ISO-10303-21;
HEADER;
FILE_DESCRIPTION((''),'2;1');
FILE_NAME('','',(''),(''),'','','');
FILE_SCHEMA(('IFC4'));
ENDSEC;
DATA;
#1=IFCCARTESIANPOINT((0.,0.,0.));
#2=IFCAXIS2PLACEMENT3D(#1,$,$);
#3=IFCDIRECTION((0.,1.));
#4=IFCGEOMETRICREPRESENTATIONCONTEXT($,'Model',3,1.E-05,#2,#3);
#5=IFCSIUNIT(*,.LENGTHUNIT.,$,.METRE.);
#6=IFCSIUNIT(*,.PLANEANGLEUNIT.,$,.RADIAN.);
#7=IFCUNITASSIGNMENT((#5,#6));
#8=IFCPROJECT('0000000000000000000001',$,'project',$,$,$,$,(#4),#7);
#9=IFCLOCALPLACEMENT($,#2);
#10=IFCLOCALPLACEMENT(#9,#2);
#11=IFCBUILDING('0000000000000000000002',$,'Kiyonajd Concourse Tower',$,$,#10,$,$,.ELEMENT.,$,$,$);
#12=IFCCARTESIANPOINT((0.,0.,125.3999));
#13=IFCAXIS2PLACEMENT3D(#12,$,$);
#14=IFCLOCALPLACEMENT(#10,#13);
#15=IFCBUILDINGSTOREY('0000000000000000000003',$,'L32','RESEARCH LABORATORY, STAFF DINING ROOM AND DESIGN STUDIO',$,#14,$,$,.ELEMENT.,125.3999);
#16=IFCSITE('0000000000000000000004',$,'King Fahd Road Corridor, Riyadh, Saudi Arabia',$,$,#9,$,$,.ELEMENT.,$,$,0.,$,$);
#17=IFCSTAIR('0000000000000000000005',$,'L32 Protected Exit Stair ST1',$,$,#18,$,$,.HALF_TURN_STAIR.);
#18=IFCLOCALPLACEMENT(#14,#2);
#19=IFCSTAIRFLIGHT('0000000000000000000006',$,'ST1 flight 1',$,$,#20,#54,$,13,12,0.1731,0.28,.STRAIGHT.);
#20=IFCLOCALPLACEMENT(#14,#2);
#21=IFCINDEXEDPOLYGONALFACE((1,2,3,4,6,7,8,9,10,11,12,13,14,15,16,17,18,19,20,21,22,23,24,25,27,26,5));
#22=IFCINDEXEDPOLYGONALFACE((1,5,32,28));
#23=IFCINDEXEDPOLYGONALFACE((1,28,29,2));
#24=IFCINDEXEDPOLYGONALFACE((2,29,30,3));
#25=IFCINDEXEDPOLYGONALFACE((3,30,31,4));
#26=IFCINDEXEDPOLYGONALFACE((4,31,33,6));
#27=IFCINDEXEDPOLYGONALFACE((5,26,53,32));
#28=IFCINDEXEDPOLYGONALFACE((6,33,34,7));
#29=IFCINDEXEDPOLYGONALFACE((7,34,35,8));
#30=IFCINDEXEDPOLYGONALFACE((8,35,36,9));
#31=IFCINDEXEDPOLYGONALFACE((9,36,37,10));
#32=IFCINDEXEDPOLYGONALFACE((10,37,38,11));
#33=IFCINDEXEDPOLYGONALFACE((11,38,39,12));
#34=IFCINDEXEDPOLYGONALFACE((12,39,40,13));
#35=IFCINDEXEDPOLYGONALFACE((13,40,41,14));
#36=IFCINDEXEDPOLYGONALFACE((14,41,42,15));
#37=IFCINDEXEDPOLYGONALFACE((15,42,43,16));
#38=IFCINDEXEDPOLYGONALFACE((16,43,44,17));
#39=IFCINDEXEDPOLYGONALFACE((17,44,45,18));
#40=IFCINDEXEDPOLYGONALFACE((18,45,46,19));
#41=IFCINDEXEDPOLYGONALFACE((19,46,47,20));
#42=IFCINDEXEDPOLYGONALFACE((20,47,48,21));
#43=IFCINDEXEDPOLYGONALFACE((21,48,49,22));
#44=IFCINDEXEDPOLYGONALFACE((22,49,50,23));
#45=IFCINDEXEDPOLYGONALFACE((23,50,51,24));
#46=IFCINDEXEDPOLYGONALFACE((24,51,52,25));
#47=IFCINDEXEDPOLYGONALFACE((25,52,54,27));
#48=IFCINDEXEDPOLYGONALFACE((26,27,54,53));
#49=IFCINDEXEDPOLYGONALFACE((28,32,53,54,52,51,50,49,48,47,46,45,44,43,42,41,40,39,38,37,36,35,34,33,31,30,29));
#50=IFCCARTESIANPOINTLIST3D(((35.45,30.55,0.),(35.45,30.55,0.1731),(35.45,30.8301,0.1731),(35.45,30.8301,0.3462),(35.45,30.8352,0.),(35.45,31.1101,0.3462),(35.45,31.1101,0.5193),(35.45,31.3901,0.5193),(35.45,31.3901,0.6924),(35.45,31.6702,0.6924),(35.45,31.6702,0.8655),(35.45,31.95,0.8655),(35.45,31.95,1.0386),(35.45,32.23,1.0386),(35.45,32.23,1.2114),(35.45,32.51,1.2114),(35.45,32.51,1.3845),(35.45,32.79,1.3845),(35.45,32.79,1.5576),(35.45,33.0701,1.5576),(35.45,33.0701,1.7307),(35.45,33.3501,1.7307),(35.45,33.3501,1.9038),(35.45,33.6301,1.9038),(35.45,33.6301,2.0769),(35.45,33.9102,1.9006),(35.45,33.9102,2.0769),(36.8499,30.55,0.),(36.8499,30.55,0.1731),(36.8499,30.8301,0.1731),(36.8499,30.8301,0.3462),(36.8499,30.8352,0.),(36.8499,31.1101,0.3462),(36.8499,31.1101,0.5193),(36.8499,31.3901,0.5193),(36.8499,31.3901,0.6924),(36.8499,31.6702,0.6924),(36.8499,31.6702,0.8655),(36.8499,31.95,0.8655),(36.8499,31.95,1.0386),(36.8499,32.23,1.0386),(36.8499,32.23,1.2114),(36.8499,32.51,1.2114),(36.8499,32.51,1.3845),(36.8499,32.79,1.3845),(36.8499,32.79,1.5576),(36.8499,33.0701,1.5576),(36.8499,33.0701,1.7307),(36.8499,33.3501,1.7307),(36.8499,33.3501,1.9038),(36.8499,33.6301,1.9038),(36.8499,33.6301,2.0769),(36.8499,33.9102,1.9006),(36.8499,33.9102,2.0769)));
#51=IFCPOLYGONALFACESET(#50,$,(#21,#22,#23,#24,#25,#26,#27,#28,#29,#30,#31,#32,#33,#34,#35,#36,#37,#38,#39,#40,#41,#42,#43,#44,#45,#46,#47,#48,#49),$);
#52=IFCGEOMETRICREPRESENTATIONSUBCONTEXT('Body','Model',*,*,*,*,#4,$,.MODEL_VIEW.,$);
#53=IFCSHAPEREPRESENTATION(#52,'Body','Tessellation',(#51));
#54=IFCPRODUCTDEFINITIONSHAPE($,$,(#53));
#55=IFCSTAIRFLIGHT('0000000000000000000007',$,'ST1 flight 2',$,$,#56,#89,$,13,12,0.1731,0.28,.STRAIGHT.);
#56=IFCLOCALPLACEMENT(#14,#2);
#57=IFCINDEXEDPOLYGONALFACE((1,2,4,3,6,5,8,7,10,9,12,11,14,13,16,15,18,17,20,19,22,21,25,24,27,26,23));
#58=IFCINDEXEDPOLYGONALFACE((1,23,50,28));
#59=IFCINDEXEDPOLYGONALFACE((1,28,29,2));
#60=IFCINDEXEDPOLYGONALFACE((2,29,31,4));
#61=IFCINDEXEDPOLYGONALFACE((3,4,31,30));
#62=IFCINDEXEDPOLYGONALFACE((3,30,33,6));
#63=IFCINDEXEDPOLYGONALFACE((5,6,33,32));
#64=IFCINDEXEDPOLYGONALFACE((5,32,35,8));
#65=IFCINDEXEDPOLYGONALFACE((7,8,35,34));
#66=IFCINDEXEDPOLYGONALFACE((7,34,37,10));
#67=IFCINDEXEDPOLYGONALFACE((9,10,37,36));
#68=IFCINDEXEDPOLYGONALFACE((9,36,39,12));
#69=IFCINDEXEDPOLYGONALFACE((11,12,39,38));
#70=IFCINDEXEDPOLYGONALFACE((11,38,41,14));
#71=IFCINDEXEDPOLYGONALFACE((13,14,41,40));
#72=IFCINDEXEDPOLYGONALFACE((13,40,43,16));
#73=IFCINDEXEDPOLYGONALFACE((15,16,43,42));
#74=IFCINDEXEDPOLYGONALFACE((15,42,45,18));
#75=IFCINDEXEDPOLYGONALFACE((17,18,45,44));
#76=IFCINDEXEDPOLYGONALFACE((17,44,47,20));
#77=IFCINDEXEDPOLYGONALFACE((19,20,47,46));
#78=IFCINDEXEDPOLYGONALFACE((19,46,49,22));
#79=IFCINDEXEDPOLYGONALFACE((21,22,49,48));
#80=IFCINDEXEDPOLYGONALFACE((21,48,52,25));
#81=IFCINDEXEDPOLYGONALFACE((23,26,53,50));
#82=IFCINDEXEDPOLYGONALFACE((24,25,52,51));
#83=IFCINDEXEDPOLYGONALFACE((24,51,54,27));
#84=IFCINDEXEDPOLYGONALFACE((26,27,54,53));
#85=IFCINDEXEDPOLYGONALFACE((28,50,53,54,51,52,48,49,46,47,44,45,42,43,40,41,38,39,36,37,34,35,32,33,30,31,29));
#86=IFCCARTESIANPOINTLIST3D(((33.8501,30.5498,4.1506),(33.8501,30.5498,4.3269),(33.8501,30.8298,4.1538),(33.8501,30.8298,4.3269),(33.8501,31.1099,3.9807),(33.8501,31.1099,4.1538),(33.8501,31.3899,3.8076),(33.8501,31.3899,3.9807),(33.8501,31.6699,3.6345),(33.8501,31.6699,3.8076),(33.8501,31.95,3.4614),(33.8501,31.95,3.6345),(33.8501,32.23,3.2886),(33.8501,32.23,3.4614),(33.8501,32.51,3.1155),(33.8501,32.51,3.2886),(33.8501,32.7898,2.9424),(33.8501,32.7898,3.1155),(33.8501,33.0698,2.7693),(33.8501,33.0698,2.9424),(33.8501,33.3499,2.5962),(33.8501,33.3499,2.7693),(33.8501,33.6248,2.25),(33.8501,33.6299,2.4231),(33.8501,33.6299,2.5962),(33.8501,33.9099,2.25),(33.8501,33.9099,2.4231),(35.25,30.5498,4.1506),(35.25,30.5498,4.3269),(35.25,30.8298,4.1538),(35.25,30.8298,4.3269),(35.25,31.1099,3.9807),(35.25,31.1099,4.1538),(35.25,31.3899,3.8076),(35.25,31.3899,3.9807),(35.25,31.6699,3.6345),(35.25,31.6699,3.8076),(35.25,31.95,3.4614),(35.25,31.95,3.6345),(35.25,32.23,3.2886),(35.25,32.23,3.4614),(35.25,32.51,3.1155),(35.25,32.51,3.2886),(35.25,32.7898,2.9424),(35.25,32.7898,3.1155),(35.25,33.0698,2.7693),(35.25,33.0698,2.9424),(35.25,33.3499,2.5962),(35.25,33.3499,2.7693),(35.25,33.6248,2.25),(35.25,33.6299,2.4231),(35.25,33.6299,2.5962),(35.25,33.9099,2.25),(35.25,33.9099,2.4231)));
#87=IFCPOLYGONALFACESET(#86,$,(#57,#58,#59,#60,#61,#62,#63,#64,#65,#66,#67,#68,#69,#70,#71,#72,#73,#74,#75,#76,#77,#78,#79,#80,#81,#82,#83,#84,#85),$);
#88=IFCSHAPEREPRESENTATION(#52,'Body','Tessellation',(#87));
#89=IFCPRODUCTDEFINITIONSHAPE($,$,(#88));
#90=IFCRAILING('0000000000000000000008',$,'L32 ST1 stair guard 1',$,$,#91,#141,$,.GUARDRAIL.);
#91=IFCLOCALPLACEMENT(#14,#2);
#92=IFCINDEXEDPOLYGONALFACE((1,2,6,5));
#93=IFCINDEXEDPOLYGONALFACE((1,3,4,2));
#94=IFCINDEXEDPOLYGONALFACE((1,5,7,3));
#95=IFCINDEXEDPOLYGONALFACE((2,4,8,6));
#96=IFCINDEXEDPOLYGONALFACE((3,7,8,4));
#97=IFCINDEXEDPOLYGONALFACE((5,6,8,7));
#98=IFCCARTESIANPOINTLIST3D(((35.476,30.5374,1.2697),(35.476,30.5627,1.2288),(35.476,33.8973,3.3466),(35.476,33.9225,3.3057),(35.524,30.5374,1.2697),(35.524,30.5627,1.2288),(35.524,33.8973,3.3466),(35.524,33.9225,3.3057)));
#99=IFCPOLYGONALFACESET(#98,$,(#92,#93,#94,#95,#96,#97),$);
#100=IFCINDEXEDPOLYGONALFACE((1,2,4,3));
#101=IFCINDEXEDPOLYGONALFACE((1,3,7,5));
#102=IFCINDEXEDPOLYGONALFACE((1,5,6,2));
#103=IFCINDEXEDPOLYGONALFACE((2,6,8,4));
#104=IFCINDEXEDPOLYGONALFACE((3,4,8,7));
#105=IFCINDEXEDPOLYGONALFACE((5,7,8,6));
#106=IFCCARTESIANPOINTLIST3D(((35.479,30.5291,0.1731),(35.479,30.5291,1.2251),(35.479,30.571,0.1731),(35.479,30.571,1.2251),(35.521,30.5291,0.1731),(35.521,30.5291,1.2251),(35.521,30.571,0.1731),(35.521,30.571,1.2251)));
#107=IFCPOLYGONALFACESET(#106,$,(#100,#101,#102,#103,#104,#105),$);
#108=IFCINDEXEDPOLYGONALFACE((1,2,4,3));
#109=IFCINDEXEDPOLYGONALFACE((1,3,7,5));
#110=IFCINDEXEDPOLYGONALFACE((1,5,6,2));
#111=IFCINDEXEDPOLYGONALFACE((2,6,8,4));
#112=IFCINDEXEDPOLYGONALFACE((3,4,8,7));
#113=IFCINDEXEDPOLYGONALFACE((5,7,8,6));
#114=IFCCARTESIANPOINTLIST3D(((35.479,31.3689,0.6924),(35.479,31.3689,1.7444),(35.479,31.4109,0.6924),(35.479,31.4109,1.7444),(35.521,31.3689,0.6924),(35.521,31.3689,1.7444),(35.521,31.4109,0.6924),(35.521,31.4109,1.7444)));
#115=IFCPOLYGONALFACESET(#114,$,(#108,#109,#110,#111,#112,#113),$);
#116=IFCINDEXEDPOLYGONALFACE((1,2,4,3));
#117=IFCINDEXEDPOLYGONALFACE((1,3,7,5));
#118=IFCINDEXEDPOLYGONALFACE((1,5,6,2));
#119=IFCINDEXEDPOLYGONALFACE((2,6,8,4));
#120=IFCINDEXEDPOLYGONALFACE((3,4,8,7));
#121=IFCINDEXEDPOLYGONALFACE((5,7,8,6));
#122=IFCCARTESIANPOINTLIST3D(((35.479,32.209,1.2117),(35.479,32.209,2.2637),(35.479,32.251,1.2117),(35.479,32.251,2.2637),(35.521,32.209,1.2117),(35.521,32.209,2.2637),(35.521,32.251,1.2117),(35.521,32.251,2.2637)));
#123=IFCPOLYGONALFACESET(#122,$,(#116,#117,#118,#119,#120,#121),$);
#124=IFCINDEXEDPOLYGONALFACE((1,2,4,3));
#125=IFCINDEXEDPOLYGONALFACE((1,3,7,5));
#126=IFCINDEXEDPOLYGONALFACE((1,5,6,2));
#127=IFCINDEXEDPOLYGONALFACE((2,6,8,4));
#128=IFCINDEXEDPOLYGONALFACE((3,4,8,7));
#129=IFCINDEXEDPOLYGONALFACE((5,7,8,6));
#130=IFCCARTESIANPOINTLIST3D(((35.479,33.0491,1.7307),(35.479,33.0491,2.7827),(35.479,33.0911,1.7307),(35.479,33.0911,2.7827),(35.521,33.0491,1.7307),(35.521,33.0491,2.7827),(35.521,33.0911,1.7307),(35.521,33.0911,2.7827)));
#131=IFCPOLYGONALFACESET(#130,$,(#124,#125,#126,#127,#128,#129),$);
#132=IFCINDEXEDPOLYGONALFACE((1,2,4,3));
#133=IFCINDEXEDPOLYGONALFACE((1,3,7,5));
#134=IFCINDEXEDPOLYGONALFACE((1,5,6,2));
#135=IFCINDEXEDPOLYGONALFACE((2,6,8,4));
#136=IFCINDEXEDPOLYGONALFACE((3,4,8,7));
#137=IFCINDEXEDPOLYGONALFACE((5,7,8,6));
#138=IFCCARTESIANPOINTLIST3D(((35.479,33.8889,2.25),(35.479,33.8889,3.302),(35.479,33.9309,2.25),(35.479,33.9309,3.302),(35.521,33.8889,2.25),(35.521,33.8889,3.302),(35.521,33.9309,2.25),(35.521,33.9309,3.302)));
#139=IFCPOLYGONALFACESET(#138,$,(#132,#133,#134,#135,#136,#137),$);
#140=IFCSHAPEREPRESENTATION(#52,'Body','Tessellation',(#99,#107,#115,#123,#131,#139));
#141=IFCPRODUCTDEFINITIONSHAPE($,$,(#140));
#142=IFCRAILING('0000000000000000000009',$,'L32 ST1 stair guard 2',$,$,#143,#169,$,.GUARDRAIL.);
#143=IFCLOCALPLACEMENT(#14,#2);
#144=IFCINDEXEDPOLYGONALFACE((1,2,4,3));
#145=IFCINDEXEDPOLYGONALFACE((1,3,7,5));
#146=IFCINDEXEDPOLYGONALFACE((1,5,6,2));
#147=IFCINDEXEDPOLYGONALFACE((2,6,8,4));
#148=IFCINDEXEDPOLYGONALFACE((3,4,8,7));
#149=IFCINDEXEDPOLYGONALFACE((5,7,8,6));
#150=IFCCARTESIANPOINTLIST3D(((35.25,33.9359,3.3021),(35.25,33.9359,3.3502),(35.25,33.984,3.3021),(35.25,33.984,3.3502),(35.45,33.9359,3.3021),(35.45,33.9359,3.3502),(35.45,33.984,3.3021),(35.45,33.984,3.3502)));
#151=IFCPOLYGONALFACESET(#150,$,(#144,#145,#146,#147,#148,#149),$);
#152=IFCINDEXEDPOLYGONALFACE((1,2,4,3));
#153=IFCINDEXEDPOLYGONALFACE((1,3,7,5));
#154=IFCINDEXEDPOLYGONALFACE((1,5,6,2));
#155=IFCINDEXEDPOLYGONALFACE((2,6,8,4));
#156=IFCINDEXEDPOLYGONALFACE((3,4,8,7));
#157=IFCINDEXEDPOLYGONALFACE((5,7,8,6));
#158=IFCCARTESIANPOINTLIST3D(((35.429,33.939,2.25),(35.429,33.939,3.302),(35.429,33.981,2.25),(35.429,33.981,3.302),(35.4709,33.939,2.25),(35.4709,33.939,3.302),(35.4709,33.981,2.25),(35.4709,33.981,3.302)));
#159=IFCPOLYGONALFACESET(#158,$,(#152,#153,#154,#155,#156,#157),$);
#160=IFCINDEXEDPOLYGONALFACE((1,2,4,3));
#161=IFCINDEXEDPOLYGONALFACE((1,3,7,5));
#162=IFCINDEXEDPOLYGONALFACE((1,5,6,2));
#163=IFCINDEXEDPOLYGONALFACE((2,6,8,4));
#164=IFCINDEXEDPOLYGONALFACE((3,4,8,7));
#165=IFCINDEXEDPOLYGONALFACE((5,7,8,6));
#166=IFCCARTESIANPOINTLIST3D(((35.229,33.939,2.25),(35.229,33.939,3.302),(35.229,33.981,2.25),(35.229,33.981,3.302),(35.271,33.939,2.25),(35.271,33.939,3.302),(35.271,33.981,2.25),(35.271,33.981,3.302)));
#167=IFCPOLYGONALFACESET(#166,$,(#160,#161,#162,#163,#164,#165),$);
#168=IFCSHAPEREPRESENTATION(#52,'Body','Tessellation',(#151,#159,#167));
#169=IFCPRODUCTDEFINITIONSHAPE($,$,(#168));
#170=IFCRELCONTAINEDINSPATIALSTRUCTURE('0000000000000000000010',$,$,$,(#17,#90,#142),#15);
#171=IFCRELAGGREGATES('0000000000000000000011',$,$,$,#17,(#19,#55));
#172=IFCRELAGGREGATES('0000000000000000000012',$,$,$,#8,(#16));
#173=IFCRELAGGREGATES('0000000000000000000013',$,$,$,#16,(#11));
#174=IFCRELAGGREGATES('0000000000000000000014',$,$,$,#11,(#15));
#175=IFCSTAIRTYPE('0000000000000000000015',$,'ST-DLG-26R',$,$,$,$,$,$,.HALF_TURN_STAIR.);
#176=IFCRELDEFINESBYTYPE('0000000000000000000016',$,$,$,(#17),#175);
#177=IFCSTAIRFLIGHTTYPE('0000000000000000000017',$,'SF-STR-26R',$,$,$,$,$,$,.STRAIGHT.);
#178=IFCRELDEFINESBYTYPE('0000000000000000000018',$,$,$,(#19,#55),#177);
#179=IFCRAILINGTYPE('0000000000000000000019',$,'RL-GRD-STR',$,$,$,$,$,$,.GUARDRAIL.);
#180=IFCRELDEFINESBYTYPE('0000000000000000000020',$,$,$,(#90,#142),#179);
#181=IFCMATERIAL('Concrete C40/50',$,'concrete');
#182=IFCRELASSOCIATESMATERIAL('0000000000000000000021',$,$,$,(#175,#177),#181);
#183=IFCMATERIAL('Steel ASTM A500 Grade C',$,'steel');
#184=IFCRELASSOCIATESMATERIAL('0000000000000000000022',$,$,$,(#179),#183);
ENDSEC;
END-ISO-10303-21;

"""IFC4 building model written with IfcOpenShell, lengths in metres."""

from ifc_helpers import new_model, si_unit, direction, frame, origin, origin_2d, place, context, subcontext, project, spatial, polyline, rectangle, outline, extrude, material, type_object, element, aggregate, save


model = new_model("IFC4")

# Units and contexts
model_context = context("Model", 3, precision=1e-05, world=origin(), true_north=direction((0.0, 1.0)))
body_context = subcontext(model_context, "Body", "Model", "MODEL_VIEW")
ifc_project = project(units=[si_unit("LENGTHUNIT", "METRE"), si_unit("PLANEANGLEUNIT", "RADIAN")], contexts=[model_context])

# Site, building, storey
site_placement = place(None, origin())
site = spatial("IfcSite", under=ifc_project, at=site_placement, Name="King Fahd Road Corridor, Riyadh, Saudi Arabia", CompositionType="ELEMENT", RefElevation=0.0)
building_placement = place(site_placement, origin())
building = spatial("IfcBuilding", under=site, at=building_placement, Name="Kiyonajd Concourse Tower", CompositionType="ELEMENT")
storey_placement = place(building_placement, frame((0.0, 0.0, 125.3999)))
storey = spatial("IfcBuildingStorey", under=building, at=storey_placement, Name="L32", Description="RESEARCH LABORATORY, STAFF DINING ROOM AND DESIGN STUDIO", CompositionType="ELEMENT", Elevation=125.3999)

# Stair, stair flights
ifc_material_1 = material(Name="Concrete C40/50", Category="concrete")
stair_type = type_object("IfcStairType", Name="ST-DLG-26R", PredefinedType="HALF_TURN_STAIR", material=ifc_material_1)
stair_placement = place(storey_placement, origin())
stair = element("IfcStair", 1, at=stair_placement, inside=storey, type_object=stair_type, Name="L32 Protected Exit Stair ST1", PredefinedType="HALF_TURN_STAIR")
stair_flight_type = type_object("IfcStairFlightType", Name="SF-STR-26R", PredefinedType="STRAIGHT", material=ifc_material_1)
stair_flight_1_placement = place(storey_placement, frame((36.1499, 30.55, 0.0), z_axis=(0.0, 0.0, 1.0), x_axis=(0.0, 1.0, 0.0)))
stair_flight_1 = element("IfcStairFlight", 2, at=stair_flight_1_placement, type_object=stair_flight_type, Name="ST1 flight 1", NumberOfRisers=13, NumberOfTreads=12, PredefinedType="STRAIGHT", RiserHeight=0.1731, TreadLength=0.28, context=body_context, shape_type="SweptSolid", body=[
    extrude(outline(polyline([(0.0, 0.0), (0.0, 0.1731), (0.28, 0.1731), (0.28, 0.3462), (0.5601, 0.3462), (0.5601, 0.5193), (0.8401, 0.5193), (0.8401, 0.6924), (1.1201, 0.6924), (1.1201, 0.8655), (1.3999, 0.8655), (1.3999, 1.0386), (1.6799, 1.0386), (1.6799, 1.2114), (1.96, 1.2114), (1.96, 1.3845), (2.24, 1.3845), (2.24, 1.5576), (2.52, 1.5576), (2.52, 1.7307), (2.8, 1.7307), (2.8, 1.9038), (3.0801, 1.9038), (3.0801, 2.0769), (3.3601, 2.0769), (3.3601, 2.25), (3.3601, 1.9006), (0.2852, 0.0), (0.0, 0.0)])), frame((0.0, 0.7, 0.0), z_axis=(0.0, -1.0, 0.0), x_axis=(1.0, 0.0, 0.0)), (0.0, 0.0, 1.0), 1.3999),
])
stair_flight_2_placement = place(storey_placement, frame((34.55, 33.9099, 2.25), z_axis=(0.0, 0.0, 1.0), x_axis=(0.0, -1.0, 0.0)))
stair_flight_2 = element("IfcStairFlight", 3, at=stair_flight_2_placement, type_object=stair_flight_type, Name="ST1 flight 2", NumberOfRisers=13, NumberOfTreads=12, PredefinedType="STRAIGHT", RiserHeight=0.1731, TreadLength=0.28, context=body_context, shape_type="SweptSolid", body=[
    extrude(outline(polyline([(0.0, 0.0), (0.0, 0.1731), (0.28, 0.1731), (0.28, 0.3462), (0.5601, 0.3462), (0.5601, 0.5193), (0.8401, 0.5193), (0.8401, 0.6924), (1.1201, 0.6924), (1.1201, 0.8655), (1.3999, 0.8655), (1.3999, 1.0386), (1.6799, 1.0386), (1.6799, 1.2114), (1.96, 1.2114), (1.96, 1.3845), (2.24, 1.3845), (2.24, 1.5576), (2.52, 1.5576), (2.52, 1.7307), (2.8, 1.7307), (2.8, 1.9038), (3.0801, 1.9038), (3.0801, 2.0769), (3.3601, 2.0769), (3.3601, 2.25), (3.3601, 1.9006), (0.2852, 0.0), (0.0, 0.0)])), frame((0.0, 0.7, 0.0), z_axis=(0.0, -1.0, 0.0), x_axis=(1.0, 0.0, 0.0)), (0.0, 0.0, 1.0), 1.3999),
])
aggregate(stair, [stair_flight_1, stair_flight_2])

# Railings
ifc_material_2 = material(Name="Steel ASTM A500 Grade C", Category="steel")
railing_type_1 = type_object("IfcRailingType", Name="RL-GRD-STR", PredefinedType="GUARDRAIL", material=ifc_material_2)
railing_1_placement = place(storey_placement, frame((35.5, 30.55, 0.1731)))
element("IfcRailing", 4, at=railing_1_placement, inside=storey, type_object=railing_type_1, Name="L32 ST1 stair guard 1", PredefinedType="GUARDRAIL", context=body_context, shape_type="SweptSolid", body=[
    extrude(rectangle(XDim=0.0481, YDim=0.0481, at=origin_2d()), frame((0.0, 0.0, 1.0762), z_axis=(0.0, 0.850606, 0.525803), x_axis=(-1.0, 0.0, 0.0)), (0.0, 0.0, 1.0), 3.95),
    extrude(rectangle(XDim=0.042, YDim=0.042, at=origin_2d()), origin(), (0.0, 0.0, 1.0), 1.052),
    extrude(rectangle(XDim=0.042, YDim=0.042, at=origin_2d()), frame((0.0, 0.8398, 0.5193)), (0.0, 0.0, 1.0), 1.052),
    extrude(rectangle(XDim=0.042, YDim=0.042, at=origin_2d()), frame((0.0, 1.6799, 1.0386)), (0.0, 0.0, 1.0), 1.052),
    extrude(rectangle(XDim=0.042, YDim=0.042, at=origin_2d()), frame((0.0, 2.52, 1.5576)), (0.0, 0.0, 1.0), 1.052),
    extrude(rectangle(XDim=0.042, YDim=0.042, at=origin_2d()), frame((0.0, 3.3599, 2.0769)), (0.0, 0.0, 1.0), 1.052),
])
railing_2_placement = place(storey_placement, frame((35.45, 33.96, 2.25)))
element("IfcRailing", 5, at=railing_2_placement, inside=storey, type_object=railing_type_1, Name="L32 ST1 stair guard 2", PredefinedType="GUARDRAIL", context=body_context, shape_type="SweptSolid", body=[
    extrude(rectangle(XDim=0.0481, YDim=0.0481, at=origin_2d()), frame((0.0, 0.0, 1.0762), z_axis=(-1.0, 0.0, 0.0), x_axis=(0.0, -1.0, 0.0)), (0.0, 0.0, 1.0), 0.2),
    extrude(rectangle(XDim=0.042, YDim=0.042, at=origin_2d()), origin(), (0.0, 0.0, 1.0), 1.052),
    extrude(rectangle(XDim=0.042, YDim=0.042, at=origin_2d()), frame((-0.2, 0.0, 0.0)), (0.0, 0.0, 1.0), 1.052),
])

save(model, "model.ifc")
